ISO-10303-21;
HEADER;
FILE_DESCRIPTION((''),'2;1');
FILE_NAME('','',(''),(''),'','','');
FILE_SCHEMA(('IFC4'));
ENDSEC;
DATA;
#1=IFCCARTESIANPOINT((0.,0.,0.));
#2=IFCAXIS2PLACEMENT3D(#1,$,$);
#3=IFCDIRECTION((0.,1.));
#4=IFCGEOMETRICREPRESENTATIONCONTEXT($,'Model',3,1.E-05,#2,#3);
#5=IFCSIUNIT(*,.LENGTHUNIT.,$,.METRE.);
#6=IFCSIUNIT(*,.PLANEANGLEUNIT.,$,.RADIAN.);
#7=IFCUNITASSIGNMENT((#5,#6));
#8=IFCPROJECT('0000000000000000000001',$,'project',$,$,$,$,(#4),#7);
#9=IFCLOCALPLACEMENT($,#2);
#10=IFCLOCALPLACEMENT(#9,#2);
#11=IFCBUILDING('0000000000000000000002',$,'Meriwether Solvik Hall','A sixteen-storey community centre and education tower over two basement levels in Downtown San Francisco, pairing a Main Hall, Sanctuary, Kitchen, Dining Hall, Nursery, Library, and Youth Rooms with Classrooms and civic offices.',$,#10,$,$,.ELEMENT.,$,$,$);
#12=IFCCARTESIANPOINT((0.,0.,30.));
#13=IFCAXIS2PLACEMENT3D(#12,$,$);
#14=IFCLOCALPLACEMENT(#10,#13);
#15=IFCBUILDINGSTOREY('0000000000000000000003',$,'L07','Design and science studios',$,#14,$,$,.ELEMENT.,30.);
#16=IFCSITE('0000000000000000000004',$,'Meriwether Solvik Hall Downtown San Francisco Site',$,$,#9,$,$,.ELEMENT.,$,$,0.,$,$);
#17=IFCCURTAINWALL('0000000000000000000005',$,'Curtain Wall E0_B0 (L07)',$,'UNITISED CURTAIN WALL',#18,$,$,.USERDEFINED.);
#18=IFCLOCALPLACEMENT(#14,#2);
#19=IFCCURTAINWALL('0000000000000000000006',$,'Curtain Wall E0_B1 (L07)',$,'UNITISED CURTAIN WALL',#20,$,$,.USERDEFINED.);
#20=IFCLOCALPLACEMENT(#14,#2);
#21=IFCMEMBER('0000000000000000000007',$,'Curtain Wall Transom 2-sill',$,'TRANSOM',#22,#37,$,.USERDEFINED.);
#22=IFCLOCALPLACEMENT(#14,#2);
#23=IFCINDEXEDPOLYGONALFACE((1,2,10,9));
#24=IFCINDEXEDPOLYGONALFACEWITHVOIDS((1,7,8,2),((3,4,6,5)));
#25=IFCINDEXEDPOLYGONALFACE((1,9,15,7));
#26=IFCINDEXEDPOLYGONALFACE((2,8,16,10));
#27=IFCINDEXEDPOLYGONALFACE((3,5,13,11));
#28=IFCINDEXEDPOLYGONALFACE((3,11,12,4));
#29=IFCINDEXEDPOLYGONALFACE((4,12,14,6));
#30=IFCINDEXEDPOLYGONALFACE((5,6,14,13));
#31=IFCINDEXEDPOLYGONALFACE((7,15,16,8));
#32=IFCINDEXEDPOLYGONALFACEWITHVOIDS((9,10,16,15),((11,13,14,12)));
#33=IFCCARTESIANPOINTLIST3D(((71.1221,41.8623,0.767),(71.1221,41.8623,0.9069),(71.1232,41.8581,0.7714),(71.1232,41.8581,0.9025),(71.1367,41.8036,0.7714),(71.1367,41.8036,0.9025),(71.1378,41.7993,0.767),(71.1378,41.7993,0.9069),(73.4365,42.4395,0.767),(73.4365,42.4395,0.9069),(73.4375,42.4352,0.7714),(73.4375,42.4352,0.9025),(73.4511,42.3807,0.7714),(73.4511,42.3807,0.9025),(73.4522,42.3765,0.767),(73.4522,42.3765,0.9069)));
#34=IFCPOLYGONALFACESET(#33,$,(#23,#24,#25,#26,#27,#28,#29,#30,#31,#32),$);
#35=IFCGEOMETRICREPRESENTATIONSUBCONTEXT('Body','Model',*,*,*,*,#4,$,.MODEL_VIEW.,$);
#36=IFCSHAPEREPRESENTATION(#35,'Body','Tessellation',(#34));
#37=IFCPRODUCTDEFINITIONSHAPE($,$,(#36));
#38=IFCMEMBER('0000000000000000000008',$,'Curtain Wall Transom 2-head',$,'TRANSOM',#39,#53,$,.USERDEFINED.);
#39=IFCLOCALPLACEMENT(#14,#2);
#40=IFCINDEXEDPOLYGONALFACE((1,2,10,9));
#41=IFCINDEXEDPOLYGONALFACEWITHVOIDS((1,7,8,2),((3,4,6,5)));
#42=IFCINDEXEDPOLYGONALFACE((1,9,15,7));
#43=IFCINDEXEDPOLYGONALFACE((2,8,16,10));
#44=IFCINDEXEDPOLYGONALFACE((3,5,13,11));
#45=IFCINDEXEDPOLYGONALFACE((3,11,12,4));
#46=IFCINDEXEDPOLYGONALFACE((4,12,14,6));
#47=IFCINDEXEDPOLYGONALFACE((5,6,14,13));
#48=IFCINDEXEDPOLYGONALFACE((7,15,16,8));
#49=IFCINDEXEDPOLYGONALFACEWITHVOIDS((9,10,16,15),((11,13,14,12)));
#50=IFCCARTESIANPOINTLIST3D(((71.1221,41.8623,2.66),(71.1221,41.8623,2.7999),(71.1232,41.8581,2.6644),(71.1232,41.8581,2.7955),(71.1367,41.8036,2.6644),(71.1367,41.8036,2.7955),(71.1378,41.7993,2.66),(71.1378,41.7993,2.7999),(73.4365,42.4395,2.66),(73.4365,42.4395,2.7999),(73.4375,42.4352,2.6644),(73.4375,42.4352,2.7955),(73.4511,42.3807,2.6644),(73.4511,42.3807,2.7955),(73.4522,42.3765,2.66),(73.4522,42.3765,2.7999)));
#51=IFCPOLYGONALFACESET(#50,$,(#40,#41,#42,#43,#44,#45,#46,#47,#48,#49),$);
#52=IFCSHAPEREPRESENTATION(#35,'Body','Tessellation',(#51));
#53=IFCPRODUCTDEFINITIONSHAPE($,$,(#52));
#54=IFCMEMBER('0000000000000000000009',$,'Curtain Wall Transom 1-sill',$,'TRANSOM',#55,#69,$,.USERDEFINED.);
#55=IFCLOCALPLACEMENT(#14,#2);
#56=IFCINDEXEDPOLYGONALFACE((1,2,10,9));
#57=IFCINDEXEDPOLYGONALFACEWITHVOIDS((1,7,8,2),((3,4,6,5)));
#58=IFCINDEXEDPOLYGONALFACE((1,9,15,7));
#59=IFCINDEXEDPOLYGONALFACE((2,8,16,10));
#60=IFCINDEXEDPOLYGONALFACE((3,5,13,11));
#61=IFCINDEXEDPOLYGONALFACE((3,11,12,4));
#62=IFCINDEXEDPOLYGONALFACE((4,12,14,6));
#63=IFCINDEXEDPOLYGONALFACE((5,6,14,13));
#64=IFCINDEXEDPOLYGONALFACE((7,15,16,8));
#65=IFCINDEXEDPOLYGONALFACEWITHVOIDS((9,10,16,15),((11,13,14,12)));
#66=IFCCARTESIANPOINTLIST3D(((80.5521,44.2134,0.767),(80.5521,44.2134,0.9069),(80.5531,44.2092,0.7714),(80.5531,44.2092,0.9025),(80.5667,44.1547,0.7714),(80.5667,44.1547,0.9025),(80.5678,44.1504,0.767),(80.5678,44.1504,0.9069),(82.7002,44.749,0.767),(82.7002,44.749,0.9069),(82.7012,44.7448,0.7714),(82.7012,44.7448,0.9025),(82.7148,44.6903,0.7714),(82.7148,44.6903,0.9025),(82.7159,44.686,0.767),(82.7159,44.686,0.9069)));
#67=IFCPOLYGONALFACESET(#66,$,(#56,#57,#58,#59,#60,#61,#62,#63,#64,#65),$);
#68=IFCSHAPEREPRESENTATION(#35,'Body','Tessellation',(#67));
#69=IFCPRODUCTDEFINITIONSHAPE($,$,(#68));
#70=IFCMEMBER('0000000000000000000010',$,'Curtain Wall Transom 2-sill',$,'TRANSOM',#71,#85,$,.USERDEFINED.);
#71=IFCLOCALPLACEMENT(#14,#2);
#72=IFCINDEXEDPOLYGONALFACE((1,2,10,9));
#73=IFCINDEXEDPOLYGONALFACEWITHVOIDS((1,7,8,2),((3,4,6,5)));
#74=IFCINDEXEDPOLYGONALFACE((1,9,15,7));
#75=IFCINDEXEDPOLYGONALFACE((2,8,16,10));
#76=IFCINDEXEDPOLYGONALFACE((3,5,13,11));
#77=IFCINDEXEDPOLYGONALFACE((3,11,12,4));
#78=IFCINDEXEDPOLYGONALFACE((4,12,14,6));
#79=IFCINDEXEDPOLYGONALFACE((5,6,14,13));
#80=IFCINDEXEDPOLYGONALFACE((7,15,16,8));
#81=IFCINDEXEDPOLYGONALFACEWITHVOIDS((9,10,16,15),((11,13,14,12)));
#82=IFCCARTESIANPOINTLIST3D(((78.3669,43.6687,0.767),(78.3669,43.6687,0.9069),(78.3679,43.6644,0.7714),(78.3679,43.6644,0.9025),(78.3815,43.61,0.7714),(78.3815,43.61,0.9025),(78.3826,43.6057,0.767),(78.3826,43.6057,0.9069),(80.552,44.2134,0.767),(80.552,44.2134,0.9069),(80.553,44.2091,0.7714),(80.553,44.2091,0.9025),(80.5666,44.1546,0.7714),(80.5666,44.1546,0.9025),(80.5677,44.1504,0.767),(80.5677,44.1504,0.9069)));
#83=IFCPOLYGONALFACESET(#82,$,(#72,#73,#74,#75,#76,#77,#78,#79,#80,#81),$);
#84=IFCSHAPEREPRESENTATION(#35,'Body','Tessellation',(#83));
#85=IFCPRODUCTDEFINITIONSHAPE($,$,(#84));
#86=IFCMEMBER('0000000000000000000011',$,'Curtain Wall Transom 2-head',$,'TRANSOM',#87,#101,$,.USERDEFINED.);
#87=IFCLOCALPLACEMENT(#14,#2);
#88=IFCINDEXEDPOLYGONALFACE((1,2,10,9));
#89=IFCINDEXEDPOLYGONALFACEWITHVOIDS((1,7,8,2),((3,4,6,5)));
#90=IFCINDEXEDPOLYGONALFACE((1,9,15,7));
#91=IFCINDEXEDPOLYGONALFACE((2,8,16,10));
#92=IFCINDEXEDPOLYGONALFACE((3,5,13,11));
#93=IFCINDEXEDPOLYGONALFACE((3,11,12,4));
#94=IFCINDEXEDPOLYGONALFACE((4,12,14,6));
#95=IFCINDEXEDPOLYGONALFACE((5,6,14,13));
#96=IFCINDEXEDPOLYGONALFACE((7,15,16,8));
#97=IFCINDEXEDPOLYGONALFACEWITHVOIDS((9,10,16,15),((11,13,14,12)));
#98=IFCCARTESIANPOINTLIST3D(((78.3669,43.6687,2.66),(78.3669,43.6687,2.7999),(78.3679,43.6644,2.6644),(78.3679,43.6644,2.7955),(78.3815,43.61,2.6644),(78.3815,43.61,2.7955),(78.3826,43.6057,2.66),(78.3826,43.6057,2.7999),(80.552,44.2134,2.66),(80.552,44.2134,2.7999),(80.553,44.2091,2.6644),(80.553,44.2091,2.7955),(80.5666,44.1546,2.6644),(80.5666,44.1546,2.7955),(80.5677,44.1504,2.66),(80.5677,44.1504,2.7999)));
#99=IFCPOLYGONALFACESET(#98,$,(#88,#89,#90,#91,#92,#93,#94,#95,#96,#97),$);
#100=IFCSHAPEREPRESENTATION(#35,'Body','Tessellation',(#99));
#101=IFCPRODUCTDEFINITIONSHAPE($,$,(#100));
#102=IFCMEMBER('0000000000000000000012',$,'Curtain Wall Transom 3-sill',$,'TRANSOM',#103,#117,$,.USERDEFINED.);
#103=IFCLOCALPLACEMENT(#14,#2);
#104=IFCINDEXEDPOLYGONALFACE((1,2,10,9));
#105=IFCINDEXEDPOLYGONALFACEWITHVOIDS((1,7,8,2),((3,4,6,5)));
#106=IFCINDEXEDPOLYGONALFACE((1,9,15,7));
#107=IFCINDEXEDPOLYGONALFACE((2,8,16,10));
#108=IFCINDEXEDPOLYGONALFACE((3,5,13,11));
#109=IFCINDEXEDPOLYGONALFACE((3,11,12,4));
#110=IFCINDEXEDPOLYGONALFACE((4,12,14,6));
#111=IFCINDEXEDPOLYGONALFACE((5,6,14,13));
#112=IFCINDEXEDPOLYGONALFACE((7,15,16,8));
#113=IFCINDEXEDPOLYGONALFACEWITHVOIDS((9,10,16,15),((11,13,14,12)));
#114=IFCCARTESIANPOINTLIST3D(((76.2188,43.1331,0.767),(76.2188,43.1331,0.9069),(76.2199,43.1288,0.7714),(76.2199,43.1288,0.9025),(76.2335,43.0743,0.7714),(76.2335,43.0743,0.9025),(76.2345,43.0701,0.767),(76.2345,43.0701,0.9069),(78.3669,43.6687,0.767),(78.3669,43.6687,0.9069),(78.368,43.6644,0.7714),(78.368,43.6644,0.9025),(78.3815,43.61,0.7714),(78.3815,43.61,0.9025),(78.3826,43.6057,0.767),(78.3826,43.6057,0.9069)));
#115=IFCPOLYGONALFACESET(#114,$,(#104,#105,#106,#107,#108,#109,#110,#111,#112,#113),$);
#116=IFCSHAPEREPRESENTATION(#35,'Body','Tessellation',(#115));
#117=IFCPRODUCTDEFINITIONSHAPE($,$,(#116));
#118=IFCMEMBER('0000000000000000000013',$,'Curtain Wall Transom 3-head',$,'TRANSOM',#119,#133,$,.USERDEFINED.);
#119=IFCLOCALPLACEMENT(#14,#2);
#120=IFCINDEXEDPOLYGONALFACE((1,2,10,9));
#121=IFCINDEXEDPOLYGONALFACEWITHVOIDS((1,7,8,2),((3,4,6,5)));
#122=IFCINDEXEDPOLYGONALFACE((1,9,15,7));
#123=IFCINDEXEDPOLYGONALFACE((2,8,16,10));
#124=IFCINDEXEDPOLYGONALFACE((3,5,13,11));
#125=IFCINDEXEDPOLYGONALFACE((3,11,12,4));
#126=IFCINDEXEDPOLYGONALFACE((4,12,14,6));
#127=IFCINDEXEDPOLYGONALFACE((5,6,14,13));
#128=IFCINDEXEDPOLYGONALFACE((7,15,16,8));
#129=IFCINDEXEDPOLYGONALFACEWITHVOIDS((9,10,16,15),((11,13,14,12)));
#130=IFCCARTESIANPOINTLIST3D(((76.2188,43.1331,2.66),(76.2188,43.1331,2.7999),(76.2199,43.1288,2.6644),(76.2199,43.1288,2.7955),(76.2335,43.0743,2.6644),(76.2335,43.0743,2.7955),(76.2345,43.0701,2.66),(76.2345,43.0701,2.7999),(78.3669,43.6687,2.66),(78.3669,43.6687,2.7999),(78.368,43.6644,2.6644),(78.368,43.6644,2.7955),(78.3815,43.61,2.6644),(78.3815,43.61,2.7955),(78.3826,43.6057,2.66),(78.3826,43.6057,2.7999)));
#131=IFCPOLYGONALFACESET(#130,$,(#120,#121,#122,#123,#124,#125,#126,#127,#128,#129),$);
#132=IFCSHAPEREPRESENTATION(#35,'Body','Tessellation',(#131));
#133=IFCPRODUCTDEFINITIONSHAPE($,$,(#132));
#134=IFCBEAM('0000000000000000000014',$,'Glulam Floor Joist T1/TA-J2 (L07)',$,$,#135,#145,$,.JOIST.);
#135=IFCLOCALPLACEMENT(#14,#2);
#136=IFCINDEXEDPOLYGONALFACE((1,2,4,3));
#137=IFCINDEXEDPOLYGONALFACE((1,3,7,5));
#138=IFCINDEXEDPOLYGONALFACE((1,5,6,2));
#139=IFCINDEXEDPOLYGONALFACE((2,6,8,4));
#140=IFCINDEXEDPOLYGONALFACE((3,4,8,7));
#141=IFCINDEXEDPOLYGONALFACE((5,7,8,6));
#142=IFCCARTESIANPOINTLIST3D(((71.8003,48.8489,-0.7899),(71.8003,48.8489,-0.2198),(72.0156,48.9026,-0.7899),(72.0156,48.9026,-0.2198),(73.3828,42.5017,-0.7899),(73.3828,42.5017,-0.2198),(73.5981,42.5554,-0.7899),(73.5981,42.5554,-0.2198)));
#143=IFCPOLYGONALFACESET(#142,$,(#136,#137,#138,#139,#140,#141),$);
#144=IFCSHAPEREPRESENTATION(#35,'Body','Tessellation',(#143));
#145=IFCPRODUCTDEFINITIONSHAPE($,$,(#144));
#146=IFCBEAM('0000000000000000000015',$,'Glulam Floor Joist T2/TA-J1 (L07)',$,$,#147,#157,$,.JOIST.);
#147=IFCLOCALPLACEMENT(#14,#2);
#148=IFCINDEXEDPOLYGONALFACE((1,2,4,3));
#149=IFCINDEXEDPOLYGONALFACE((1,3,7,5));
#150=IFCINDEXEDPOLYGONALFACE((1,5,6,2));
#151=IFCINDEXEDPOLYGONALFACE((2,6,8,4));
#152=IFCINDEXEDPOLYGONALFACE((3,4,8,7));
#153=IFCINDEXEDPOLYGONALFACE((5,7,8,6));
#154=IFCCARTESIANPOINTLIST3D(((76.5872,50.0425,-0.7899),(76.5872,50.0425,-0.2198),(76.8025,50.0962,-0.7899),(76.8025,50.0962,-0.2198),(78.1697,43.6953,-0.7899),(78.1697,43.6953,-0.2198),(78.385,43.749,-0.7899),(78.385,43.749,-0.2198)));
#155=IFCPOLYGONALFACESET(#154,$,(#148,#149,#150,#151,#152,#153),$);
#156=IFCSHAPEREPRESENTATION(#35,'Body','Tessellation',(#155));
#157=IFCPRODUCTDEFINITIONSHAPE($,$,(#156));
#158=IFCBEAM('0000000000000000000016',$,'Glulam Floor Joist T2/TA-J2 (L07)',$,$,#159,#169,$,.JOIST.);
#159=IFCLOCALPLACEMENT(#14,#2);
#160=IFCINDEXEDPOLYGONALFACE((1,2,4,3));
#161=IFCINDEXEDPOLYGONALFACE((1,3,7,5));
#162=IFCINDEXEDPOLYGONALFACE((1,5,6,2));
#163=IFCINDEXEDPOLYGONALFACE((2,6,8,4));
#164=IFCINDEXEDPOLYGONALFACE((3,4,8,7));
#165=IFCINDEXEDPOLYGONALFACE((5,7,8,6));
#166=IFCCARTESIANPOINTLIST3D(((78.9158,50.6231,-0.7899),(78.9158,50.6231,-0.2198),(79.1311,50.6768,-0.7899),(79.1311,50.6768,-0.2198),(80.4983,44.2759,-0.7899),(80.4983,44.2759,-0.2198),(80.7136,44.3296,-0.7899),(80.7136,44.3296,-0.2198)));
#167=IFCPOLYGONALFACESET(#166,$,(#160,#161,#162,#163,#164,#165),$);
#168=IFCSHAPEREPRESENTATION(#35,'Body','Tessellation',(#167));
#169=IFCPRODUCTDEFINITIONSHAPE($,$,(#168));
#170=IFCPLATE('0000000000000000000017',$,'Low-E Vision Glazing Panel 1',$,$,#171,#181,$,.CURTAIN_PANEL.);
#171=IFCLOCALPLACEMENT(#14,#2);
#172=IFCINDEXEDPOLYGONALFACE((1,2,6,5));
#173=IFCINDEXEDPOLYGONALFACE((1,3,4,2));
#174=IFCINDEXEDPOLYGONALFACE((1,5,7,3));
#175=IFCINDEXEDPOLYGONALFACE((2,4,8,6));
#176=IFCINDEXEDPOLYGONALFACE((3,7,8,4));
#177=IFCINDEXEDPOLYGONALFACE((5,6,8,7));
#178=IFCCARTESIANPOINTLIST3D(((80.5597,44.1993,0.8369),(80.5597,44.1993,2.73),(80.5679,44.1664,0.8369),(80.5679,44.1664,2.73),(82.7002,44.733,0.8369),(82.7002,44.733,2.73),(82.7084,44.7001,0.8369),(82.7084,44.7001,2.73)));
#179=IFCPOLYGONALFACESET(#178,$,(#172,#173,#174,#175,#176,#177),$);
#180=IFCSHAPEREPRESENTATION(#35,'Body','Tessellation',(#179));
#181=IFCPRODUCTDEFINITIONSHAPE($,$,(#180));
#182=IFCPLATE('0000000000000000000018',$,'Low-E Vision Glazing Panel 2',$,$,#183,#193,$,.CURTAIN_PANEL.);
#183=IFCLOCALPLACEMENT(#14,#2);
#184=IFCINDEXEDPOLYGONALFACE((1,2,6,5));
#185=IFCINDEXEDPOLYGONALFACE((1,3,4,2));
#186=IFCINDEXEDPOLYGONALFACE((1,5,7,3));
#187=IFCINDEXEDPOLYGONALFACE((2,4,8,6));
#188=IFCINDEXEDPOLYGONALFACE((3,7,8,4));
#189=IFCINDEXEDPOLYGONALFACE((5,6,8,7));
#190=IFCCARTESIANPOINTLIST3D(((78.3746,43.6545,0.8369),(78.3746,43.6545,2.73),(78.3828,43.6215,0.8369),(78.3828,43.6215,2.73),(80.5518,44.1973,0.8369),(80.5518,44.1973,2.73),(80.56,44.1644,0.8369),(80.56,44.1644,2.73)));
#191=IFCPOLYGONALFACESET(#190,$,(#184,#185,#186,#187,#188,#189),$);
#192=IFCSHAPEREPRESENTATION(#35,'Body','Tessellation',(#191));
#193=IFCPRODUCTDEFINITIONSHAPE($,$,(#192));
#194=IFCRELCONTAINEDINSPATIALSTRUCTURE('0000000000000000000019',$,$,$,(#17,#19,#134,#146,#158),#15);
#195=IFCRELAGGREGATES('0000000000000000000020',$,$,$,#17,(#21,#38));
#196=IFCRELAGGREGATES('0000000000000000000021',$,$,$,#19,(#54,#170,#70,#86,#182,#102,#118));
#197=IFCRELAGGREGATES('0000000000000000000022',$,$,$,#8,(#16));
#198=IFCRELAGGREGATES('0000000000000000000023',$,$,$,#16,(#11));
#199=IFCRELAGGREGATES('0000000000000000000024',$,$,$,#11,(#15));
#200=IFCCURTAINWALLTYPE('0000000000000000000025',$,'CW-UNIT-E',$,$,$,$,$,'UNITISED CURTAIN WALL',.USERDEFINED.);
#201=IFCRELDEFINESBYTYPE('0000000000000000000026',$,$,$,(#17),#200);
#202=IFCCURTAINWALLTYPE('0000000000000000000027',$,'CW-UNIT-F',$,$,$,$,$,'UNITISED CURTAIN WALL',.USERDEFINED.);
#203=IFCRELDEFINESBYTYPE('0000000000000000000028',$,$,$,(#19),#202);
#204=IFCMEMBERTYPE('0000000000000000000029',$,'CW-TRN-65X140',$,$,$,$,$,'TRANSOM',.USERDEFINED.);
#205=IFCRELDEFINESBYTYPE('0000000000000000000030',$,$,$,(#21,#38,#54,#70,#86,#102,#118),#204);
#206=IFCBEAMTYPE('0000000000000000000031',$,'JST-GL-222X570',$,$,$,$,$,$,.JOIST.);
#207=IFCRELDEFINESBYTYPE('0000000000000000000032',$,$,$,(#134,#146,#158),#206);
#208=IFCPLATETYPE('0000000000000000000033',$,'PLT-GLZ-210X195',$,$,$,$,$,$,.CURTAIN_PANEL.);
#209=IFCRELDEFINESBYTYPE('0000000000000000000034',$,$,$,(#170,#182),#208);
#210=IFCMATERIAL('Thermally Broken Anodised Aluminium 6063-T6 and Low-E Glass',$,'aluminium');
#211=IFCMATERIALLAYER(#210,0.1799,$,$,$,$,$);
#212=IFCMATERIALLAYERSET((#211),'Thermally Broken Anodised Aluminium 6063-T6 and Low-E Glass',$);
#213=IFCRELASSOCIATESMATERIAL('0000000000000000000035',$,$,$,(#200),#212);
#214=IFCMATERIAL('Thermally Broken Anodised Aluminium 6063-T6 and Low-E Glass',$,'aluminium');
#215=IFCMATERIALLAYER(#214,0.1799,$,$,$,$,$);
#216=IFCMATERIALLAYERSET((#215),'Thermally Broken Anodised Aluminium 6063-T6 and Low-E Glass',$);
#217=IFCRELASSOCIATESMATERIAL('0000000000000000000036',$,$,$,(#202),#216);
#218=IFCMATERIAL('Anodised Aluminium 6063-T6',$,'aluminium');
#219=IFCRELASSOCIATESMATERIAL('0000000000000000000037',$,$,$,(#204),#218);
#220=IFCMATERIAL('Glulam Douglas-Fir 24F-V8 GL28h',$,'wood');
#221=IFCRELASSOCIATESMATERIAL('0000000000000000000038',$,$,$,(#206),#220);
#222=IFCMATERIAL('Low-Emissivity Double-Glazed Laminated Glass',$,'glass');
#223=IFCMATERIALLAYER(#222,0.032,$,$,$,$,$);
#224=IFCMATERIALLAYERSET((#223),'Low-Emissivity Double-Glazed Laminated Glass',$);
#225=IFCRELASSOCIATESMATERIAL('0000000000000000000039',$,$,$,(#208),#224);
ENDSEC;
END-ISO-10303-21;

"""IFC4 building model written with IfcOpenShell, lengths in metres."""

from ifc_helpers import new_model, si_unit, direction, frame, origin, origin_2d, place, context, subcontext, project, spatial, rectangle, hollow_rectangle, extrude, material, layer, layer_set, material_profile, profile_set, type_object, element, aggregate, save


model = new_model("IFC4")

# Units and contexts
model_context = context("Model", 3, precision=1e-05, world=origin(), true_north=direction((0.0, 1.0)))
body_context = subcontext(model_context, "Body", "Model", "MODEL_VIEW")
ifc_project = project(units=[si_unit("LENGTHUNIT", "METRE"), si_unit("PLANEANGLEUNIT", "RADIAN")], contexts=[model_context])

# Site, building, storey
site_placement = place(None, origin())
site = spatial("IfcSite", under=ifc_project, at=site_placement, Name="Meriwether Solvik Hall Downtown San Francisco Site", CompositionType="ELEMENT", RefElevation=0.0)
building_placement = place(site_placement, origin())
building = spatial("IfcBuilding", under=site, at=building_placement, Name="Meriwether Solvik Hall", Description="A sixteen-storey community centre and education tower over two basement levels in Downtown San Francisco, pairing a Main Hall, Sanctuary, Kitchen, Dining Hall, Nursery, Library, and Youth Rooms with Classrooms and civic offices.", CompositionType="ELEMENT")
storey_placement = place(building_placement, frame((0.0, 0.0, 30.0)))
storey = spatial("IfcBuildingStorey", under=building, at=storey_placement, Name="L07", Description="Design and science studios", CompositionType="ELEMENT", Elevation=30.0)

# Curtain walls
ifc_material_1 = material(Name="Thermally Broken Anodised Aluminium 6063-T6 and Low-E Glass", Category="aluminium")
ifc_layer_1 = layer(ifc_material_1, 0.1799)
ifc_layer_set_1 = layer_set([ifc_layer_1], Name="Thermally Broken Anodised Aluminium 6063-T6 and Low-E Glass")
curtain_wall_type_1 = type_object("IfcCurtainWallType", Name="CW-UNIT-E", ElementType="UNITISED CURTAIN WALL", PredefinedType="USERDEFINED", material=ifc_layer_set_1)
curtain_wall_1_placement = place(storey_placement, origin())
curtain_wall_1 = element("IfcCurtainWall", 1, at=curtain_wall_1_placement, inside=storey, type_object=curtain_wall_type_1, Name="Curtain Wall E0_B0 (L07)", ObjectType="UNITISED CURTAIN WALL", PredefinedType="USERDEFINED")
ifc_material_2 = material(Name="Thermally Broken Anodised Aluminium 6063-T6 and Low-E Glass", Category="aluminium")
ifc_layer_2 = layer(ifc_material_2, 0.1799)
ifc_layer_set_2 = layer_set([ifc_layer_2], Name="Thermally Broken Anodised Aluminium 6063-T6 and Low-E Glass")
curtain_wall_type_2 = type_object("IfcCurtainWallType", Name="CW-UNIT-F", ElementType="UNITISED CURTAIN WALL", PredefinedType="USERDEFINED", material=ifc_layer_set_2)
curtain_wall_2_placement = place(storey_placement, origin())
curtain_wall_2 = element("IfcCurtainWall", 2, at=curtain_wall_2_placement, inside=storey, type_object=curtain_wall_type_2, Name="Curtain Wall E0_B1 (L07)", ObjectType="UNITISED CURTAIN WALL", PredefinedType="USERDEFINED")

# Members
ifc_material_3 = material(Name="Anodised Aluminium 6063-T6", Category="aluminium")
ifc_material_profile_1 = material_profile(ifc_material_3, hollow_rectangle(XDim=0.0649, YDim=0.1399, WallThickness=0.0044, at=origin_2d()), Name="CWT-65X140")
ifc_profile_set_1 = profile_set([ifc_material_profile_1], Name="Anodised Aluminium 6063-T6")
member_type_1 = type_object("IfcMemberType", Name="CW-TRN-65X140", ElementType="TRANSOM", PredefinedType="USERDEFINED", material=ifc_profile_set_1)
member_1_placement = place(storey_placement, frame((73.4443, 42.408, 0.8369), z_axis=(-0.970287, -0.241958, 0.0), x_axis=(0.241958, -0.970287, 0.0)))
member_1 = element("IfcMember", 3, at=member_1_placement, type_object=member_type_1, Name="Curtain Wall Transom 2-sill", ObjectType="TRANSOM", PredefinedType="USERDEFINED", context=body_context, shape_type="SweptSolid", body=[
    extrude(hollow_rectangle(XDim=0.0649, YDim=0.1399, WallThickness=0.0044, at=origin_2d()), origin(), (0.0, 0.0, 1.0), 2.3853),
])
member_2_placement = place(storey_placement, frame((73.4443, 42.408, 2.73), z_axis=(-0.970287, -0.241958, 0.0), x_axis=(0.241958, -0.970287, 0.0)))
member_2 = element("IfcMember", 4, at=member_2_placement, type_object=member_type_1, Name="Curtain Wall Transom 2-head", ObjectType="TRANSOM", PredefinedType="USERDEFINED", context=body_context, shape_type="SweptSolid", body=[
    extrude(hollow_rectangle(XDim=0.0649, YDim=0.1399, WallThickness=0.0044, at=origin_2d()), origin(), (0.0, 0.0, 1.0), 2.3853),
])
member_3_placement = place(storey_placement, frame((82.708, 44.7175, 0.8369), z_axis=(-0.970292, -0.241939, 0.0), x_axis=(0.241939, -0.970292, 0.0)))
member_3 = element("IfcMember", 5, at=member_3_placement, type_object=member_type_1, Name="Curtain Wall Transom 1-sill", ObjectType="TRANSOM", PredefinedType="USERDEFINED", context=body_context, shape_type="SweptSolid", body=[
    extrude(hollow_rectangle(XDim=0.0649, YDim=0.1399, WallThickness=0.0044, at=origin_2d()), origin(), (0.0, 0.0, 1.0), 2.2139),
])
member_4_placement = place(storey_placement, frame((80.5598, 44.1819, 0.8369), z_axis=(-0.970308, -0.241872, 0.0), x_axis=(0.241872, -0.970308, 0.0)))
member_4 = element("IfcMember", 6, at=member_4_placement, type_object=member_type_1, Name="Curtain Wall Transom 2-sill", ObjectType="TRANSOM", PredefinedType="USERDEFINED", context=body_context, shape_type="SweptSolid", body=[
    extrude(hollow_rectangle(XDim=0.0649, YDim=0.1399, WallThickness=0.0044, at=origin_2d()), origin(), (0.0, 0.0, 1.0), 2.252),
])
member_5_placement = place(storey_placement, frame((80.5598, 44.1819, 2.73), z_axis=(-0.970308, -0.241872, 0.0), x_axis=(0.241872, -0.970308, 0.0)))
member_5 = element("IfcMember", 7, at=member_5_placement, type_object=member_type_1, Name="Curtain Wall Transom 2-head", ObjectType="TRANSOM", PredefinedType="USERDEFINED", context=body_context, shape_type="SweptSolid", body=[
    extrude(hollow_rectangle(XDim=0.0649, YDim=0.1399, WallThickness=0.0044, at=origin_2d()), origin(), (0.0, 0.0, 1.0), 2.252),
])
member_6_placement = place(storey_placement, frame((78.3748, 43.6372, 0.8369), z_axis=(-0.970292, -0.241939, 0.0), x_axis=(0.241939, -0.970292, 0.0)))
member_6 = element("IfcMember", 8, at=member_6_placement, type_object=member_type_1, Name="Curtain Wall Transom 3-sill", ObjectType="TRANSOM", PredefinedType="USERDEFINED", context=body_context, shape_type="SweptSolid", body=[
    extrude(hollow_rectangle(XDim=0.0649, YDim=0.1399, WallThickness=0.0044, at=origin_2d()), origin(), (0.0, 0.0, 1.0), 2.2139),
])
member_7_placement = place(storey_placement, frame((78.3748, 43.6372, 2.73), z_axis=(-0.970292, -0.241939, 0.0), x_axis=(0.241939, -0.970292, 0.0)))
member_7 = element("IfcMember", 9, at=member_7_placement, type_object=member_type_1, Name="Curtain Wall Transom 3-head", ObjectType="TRANSOM", PredefinedType="USERDEFINED", context=body_context, shape_type="SweptSolid", body=[
    extrude(hollow_rectangle(XDim=0.0649, YDim=0.1399, WallThickness=0.0044, at=origin_2d()), origin(), (0.0, 0.0, 1.0), 2.2139),
])

# Beams
ifc_material_4 = material(Name="Glulam Douglas-Fir 24F-V8 GL28h", Category="wood")
ifc_material_profile_2 = material_profile(ifc_material_4, rectangle(XDim=0.2219, YDim=0.5701, at=origin_2d()), Name="GLJ-222X570")
ifc_profile_set_2 = profile_set([ifc_material_profile_2], Name="Glulam Douglas-Fir 24F-V8 GL28h")
beam_type_1 = type_object("IfcBeamType", Name="JST-GL-222X570", PredefinedType="JOIST", material=ifc_profile_set_2)
for number, where, z_axis, x_axis, name in (
    (10, (73.4905, 42.5286, -0.5049), (-0.241921, 0.970296, 0.0), (-0.970296, -0.241921, 0.0), "Glulam Floor Joist T1/TA-J2 (L07)"),
    (11, (78.2773, 43.7222, -0.5049), (-0.241921, 0.970296, 0.0), (-0.970296, -0.241921, 0.0), "Glulam Floor Joist T2/TA-J1 (L07)"),
    (12, (80.606, 44.3027, -0.5049), (-0.241921, 0.970296, 0.0), (-0.970296, -0.241921, 0.0), "Glulam Floor Joist T2/TA-J2 (L07)"),
):
    element("IfcBeam", number, at=place(storey_placement, frame(where, z_axis=z_axis, x_axis=x_axis)), inside=storey, type_object=beam_type_1, Name=name, PredefinedType="JOIST", context=body_context, shape_type="SweptSolid", body=[
        extrude(rectangle(XDim=0.2219, YDim=0.5701, at=origin_2d()), origin(), (0.0, 0.0, 1.0), 6.5415),
    ])

# Plates
ifc_material_5 = material(Name="Low-Emissivity Double-Glazed Laminated Glass", Category="glass")
ifc_layer_3 = layer(ifc_material_5, 0.032)
ifc_layer_set_3 = layer_set([ifc_layer_3], Name="Low-Emissivity Double-Glazed Laminated Glass")
plate_type_1 = type_object("IfcPlateType", Name="PLT-GLZ-210X195", PredefinedType="CURTAIN_PANEL", material=ifc_layer_set_3)
plate_1_placement = place(storey_placement, frame((81.634, 44.4497, 0.8369), z_axis=(0.0, 0.0, 1.0), x_axis=(-0.970296, -0.241922, 0.0)))
plate_1 = element("IfcPlate", 13, at=plate_1_placement, type_object=plate_type_1, Name="Low-E Vision Glazing Panel 1", PredefinedType="CURTAIN_PANEL", context=body_context, shape_type="SweptSolid", body=[
    extrude(rectangle(XDim=2.2061, YDim=0.0339, at=origin_2d()), origin(), (0.0, 0.0, 1.0), 1.8931),
])
plate_2_placement = place(storey_placement, frame((79.4673, 43.9094, 0.8369), z_axis=(0.0, 0.0, 1.0), x_axis=(-0.970296, -0.241922, 0.0)))
plate_2 = element("IfcPlate", 14, at=plate_2_placement, type_object=plate_type_1, Name="Low-E Vision Glazing Panel 2", PredefinedType="CURTAIN_PANEL", context=body_context, shape_type="SweptSolid", body=[
    extrude(rectangle(XDim=2.2439, YDim=0.0339, at=origin_2d()), origin(), (0.0, 0.0, 1.0), 1.8931),
])
aggregate(curtain_wall_1, [member_1, member_2])
aggregate(curtain_wall_2, [member_3, plate_1, member_4, member_5, plate_2, member_6, member_7])

save(model, "model.ifc")
